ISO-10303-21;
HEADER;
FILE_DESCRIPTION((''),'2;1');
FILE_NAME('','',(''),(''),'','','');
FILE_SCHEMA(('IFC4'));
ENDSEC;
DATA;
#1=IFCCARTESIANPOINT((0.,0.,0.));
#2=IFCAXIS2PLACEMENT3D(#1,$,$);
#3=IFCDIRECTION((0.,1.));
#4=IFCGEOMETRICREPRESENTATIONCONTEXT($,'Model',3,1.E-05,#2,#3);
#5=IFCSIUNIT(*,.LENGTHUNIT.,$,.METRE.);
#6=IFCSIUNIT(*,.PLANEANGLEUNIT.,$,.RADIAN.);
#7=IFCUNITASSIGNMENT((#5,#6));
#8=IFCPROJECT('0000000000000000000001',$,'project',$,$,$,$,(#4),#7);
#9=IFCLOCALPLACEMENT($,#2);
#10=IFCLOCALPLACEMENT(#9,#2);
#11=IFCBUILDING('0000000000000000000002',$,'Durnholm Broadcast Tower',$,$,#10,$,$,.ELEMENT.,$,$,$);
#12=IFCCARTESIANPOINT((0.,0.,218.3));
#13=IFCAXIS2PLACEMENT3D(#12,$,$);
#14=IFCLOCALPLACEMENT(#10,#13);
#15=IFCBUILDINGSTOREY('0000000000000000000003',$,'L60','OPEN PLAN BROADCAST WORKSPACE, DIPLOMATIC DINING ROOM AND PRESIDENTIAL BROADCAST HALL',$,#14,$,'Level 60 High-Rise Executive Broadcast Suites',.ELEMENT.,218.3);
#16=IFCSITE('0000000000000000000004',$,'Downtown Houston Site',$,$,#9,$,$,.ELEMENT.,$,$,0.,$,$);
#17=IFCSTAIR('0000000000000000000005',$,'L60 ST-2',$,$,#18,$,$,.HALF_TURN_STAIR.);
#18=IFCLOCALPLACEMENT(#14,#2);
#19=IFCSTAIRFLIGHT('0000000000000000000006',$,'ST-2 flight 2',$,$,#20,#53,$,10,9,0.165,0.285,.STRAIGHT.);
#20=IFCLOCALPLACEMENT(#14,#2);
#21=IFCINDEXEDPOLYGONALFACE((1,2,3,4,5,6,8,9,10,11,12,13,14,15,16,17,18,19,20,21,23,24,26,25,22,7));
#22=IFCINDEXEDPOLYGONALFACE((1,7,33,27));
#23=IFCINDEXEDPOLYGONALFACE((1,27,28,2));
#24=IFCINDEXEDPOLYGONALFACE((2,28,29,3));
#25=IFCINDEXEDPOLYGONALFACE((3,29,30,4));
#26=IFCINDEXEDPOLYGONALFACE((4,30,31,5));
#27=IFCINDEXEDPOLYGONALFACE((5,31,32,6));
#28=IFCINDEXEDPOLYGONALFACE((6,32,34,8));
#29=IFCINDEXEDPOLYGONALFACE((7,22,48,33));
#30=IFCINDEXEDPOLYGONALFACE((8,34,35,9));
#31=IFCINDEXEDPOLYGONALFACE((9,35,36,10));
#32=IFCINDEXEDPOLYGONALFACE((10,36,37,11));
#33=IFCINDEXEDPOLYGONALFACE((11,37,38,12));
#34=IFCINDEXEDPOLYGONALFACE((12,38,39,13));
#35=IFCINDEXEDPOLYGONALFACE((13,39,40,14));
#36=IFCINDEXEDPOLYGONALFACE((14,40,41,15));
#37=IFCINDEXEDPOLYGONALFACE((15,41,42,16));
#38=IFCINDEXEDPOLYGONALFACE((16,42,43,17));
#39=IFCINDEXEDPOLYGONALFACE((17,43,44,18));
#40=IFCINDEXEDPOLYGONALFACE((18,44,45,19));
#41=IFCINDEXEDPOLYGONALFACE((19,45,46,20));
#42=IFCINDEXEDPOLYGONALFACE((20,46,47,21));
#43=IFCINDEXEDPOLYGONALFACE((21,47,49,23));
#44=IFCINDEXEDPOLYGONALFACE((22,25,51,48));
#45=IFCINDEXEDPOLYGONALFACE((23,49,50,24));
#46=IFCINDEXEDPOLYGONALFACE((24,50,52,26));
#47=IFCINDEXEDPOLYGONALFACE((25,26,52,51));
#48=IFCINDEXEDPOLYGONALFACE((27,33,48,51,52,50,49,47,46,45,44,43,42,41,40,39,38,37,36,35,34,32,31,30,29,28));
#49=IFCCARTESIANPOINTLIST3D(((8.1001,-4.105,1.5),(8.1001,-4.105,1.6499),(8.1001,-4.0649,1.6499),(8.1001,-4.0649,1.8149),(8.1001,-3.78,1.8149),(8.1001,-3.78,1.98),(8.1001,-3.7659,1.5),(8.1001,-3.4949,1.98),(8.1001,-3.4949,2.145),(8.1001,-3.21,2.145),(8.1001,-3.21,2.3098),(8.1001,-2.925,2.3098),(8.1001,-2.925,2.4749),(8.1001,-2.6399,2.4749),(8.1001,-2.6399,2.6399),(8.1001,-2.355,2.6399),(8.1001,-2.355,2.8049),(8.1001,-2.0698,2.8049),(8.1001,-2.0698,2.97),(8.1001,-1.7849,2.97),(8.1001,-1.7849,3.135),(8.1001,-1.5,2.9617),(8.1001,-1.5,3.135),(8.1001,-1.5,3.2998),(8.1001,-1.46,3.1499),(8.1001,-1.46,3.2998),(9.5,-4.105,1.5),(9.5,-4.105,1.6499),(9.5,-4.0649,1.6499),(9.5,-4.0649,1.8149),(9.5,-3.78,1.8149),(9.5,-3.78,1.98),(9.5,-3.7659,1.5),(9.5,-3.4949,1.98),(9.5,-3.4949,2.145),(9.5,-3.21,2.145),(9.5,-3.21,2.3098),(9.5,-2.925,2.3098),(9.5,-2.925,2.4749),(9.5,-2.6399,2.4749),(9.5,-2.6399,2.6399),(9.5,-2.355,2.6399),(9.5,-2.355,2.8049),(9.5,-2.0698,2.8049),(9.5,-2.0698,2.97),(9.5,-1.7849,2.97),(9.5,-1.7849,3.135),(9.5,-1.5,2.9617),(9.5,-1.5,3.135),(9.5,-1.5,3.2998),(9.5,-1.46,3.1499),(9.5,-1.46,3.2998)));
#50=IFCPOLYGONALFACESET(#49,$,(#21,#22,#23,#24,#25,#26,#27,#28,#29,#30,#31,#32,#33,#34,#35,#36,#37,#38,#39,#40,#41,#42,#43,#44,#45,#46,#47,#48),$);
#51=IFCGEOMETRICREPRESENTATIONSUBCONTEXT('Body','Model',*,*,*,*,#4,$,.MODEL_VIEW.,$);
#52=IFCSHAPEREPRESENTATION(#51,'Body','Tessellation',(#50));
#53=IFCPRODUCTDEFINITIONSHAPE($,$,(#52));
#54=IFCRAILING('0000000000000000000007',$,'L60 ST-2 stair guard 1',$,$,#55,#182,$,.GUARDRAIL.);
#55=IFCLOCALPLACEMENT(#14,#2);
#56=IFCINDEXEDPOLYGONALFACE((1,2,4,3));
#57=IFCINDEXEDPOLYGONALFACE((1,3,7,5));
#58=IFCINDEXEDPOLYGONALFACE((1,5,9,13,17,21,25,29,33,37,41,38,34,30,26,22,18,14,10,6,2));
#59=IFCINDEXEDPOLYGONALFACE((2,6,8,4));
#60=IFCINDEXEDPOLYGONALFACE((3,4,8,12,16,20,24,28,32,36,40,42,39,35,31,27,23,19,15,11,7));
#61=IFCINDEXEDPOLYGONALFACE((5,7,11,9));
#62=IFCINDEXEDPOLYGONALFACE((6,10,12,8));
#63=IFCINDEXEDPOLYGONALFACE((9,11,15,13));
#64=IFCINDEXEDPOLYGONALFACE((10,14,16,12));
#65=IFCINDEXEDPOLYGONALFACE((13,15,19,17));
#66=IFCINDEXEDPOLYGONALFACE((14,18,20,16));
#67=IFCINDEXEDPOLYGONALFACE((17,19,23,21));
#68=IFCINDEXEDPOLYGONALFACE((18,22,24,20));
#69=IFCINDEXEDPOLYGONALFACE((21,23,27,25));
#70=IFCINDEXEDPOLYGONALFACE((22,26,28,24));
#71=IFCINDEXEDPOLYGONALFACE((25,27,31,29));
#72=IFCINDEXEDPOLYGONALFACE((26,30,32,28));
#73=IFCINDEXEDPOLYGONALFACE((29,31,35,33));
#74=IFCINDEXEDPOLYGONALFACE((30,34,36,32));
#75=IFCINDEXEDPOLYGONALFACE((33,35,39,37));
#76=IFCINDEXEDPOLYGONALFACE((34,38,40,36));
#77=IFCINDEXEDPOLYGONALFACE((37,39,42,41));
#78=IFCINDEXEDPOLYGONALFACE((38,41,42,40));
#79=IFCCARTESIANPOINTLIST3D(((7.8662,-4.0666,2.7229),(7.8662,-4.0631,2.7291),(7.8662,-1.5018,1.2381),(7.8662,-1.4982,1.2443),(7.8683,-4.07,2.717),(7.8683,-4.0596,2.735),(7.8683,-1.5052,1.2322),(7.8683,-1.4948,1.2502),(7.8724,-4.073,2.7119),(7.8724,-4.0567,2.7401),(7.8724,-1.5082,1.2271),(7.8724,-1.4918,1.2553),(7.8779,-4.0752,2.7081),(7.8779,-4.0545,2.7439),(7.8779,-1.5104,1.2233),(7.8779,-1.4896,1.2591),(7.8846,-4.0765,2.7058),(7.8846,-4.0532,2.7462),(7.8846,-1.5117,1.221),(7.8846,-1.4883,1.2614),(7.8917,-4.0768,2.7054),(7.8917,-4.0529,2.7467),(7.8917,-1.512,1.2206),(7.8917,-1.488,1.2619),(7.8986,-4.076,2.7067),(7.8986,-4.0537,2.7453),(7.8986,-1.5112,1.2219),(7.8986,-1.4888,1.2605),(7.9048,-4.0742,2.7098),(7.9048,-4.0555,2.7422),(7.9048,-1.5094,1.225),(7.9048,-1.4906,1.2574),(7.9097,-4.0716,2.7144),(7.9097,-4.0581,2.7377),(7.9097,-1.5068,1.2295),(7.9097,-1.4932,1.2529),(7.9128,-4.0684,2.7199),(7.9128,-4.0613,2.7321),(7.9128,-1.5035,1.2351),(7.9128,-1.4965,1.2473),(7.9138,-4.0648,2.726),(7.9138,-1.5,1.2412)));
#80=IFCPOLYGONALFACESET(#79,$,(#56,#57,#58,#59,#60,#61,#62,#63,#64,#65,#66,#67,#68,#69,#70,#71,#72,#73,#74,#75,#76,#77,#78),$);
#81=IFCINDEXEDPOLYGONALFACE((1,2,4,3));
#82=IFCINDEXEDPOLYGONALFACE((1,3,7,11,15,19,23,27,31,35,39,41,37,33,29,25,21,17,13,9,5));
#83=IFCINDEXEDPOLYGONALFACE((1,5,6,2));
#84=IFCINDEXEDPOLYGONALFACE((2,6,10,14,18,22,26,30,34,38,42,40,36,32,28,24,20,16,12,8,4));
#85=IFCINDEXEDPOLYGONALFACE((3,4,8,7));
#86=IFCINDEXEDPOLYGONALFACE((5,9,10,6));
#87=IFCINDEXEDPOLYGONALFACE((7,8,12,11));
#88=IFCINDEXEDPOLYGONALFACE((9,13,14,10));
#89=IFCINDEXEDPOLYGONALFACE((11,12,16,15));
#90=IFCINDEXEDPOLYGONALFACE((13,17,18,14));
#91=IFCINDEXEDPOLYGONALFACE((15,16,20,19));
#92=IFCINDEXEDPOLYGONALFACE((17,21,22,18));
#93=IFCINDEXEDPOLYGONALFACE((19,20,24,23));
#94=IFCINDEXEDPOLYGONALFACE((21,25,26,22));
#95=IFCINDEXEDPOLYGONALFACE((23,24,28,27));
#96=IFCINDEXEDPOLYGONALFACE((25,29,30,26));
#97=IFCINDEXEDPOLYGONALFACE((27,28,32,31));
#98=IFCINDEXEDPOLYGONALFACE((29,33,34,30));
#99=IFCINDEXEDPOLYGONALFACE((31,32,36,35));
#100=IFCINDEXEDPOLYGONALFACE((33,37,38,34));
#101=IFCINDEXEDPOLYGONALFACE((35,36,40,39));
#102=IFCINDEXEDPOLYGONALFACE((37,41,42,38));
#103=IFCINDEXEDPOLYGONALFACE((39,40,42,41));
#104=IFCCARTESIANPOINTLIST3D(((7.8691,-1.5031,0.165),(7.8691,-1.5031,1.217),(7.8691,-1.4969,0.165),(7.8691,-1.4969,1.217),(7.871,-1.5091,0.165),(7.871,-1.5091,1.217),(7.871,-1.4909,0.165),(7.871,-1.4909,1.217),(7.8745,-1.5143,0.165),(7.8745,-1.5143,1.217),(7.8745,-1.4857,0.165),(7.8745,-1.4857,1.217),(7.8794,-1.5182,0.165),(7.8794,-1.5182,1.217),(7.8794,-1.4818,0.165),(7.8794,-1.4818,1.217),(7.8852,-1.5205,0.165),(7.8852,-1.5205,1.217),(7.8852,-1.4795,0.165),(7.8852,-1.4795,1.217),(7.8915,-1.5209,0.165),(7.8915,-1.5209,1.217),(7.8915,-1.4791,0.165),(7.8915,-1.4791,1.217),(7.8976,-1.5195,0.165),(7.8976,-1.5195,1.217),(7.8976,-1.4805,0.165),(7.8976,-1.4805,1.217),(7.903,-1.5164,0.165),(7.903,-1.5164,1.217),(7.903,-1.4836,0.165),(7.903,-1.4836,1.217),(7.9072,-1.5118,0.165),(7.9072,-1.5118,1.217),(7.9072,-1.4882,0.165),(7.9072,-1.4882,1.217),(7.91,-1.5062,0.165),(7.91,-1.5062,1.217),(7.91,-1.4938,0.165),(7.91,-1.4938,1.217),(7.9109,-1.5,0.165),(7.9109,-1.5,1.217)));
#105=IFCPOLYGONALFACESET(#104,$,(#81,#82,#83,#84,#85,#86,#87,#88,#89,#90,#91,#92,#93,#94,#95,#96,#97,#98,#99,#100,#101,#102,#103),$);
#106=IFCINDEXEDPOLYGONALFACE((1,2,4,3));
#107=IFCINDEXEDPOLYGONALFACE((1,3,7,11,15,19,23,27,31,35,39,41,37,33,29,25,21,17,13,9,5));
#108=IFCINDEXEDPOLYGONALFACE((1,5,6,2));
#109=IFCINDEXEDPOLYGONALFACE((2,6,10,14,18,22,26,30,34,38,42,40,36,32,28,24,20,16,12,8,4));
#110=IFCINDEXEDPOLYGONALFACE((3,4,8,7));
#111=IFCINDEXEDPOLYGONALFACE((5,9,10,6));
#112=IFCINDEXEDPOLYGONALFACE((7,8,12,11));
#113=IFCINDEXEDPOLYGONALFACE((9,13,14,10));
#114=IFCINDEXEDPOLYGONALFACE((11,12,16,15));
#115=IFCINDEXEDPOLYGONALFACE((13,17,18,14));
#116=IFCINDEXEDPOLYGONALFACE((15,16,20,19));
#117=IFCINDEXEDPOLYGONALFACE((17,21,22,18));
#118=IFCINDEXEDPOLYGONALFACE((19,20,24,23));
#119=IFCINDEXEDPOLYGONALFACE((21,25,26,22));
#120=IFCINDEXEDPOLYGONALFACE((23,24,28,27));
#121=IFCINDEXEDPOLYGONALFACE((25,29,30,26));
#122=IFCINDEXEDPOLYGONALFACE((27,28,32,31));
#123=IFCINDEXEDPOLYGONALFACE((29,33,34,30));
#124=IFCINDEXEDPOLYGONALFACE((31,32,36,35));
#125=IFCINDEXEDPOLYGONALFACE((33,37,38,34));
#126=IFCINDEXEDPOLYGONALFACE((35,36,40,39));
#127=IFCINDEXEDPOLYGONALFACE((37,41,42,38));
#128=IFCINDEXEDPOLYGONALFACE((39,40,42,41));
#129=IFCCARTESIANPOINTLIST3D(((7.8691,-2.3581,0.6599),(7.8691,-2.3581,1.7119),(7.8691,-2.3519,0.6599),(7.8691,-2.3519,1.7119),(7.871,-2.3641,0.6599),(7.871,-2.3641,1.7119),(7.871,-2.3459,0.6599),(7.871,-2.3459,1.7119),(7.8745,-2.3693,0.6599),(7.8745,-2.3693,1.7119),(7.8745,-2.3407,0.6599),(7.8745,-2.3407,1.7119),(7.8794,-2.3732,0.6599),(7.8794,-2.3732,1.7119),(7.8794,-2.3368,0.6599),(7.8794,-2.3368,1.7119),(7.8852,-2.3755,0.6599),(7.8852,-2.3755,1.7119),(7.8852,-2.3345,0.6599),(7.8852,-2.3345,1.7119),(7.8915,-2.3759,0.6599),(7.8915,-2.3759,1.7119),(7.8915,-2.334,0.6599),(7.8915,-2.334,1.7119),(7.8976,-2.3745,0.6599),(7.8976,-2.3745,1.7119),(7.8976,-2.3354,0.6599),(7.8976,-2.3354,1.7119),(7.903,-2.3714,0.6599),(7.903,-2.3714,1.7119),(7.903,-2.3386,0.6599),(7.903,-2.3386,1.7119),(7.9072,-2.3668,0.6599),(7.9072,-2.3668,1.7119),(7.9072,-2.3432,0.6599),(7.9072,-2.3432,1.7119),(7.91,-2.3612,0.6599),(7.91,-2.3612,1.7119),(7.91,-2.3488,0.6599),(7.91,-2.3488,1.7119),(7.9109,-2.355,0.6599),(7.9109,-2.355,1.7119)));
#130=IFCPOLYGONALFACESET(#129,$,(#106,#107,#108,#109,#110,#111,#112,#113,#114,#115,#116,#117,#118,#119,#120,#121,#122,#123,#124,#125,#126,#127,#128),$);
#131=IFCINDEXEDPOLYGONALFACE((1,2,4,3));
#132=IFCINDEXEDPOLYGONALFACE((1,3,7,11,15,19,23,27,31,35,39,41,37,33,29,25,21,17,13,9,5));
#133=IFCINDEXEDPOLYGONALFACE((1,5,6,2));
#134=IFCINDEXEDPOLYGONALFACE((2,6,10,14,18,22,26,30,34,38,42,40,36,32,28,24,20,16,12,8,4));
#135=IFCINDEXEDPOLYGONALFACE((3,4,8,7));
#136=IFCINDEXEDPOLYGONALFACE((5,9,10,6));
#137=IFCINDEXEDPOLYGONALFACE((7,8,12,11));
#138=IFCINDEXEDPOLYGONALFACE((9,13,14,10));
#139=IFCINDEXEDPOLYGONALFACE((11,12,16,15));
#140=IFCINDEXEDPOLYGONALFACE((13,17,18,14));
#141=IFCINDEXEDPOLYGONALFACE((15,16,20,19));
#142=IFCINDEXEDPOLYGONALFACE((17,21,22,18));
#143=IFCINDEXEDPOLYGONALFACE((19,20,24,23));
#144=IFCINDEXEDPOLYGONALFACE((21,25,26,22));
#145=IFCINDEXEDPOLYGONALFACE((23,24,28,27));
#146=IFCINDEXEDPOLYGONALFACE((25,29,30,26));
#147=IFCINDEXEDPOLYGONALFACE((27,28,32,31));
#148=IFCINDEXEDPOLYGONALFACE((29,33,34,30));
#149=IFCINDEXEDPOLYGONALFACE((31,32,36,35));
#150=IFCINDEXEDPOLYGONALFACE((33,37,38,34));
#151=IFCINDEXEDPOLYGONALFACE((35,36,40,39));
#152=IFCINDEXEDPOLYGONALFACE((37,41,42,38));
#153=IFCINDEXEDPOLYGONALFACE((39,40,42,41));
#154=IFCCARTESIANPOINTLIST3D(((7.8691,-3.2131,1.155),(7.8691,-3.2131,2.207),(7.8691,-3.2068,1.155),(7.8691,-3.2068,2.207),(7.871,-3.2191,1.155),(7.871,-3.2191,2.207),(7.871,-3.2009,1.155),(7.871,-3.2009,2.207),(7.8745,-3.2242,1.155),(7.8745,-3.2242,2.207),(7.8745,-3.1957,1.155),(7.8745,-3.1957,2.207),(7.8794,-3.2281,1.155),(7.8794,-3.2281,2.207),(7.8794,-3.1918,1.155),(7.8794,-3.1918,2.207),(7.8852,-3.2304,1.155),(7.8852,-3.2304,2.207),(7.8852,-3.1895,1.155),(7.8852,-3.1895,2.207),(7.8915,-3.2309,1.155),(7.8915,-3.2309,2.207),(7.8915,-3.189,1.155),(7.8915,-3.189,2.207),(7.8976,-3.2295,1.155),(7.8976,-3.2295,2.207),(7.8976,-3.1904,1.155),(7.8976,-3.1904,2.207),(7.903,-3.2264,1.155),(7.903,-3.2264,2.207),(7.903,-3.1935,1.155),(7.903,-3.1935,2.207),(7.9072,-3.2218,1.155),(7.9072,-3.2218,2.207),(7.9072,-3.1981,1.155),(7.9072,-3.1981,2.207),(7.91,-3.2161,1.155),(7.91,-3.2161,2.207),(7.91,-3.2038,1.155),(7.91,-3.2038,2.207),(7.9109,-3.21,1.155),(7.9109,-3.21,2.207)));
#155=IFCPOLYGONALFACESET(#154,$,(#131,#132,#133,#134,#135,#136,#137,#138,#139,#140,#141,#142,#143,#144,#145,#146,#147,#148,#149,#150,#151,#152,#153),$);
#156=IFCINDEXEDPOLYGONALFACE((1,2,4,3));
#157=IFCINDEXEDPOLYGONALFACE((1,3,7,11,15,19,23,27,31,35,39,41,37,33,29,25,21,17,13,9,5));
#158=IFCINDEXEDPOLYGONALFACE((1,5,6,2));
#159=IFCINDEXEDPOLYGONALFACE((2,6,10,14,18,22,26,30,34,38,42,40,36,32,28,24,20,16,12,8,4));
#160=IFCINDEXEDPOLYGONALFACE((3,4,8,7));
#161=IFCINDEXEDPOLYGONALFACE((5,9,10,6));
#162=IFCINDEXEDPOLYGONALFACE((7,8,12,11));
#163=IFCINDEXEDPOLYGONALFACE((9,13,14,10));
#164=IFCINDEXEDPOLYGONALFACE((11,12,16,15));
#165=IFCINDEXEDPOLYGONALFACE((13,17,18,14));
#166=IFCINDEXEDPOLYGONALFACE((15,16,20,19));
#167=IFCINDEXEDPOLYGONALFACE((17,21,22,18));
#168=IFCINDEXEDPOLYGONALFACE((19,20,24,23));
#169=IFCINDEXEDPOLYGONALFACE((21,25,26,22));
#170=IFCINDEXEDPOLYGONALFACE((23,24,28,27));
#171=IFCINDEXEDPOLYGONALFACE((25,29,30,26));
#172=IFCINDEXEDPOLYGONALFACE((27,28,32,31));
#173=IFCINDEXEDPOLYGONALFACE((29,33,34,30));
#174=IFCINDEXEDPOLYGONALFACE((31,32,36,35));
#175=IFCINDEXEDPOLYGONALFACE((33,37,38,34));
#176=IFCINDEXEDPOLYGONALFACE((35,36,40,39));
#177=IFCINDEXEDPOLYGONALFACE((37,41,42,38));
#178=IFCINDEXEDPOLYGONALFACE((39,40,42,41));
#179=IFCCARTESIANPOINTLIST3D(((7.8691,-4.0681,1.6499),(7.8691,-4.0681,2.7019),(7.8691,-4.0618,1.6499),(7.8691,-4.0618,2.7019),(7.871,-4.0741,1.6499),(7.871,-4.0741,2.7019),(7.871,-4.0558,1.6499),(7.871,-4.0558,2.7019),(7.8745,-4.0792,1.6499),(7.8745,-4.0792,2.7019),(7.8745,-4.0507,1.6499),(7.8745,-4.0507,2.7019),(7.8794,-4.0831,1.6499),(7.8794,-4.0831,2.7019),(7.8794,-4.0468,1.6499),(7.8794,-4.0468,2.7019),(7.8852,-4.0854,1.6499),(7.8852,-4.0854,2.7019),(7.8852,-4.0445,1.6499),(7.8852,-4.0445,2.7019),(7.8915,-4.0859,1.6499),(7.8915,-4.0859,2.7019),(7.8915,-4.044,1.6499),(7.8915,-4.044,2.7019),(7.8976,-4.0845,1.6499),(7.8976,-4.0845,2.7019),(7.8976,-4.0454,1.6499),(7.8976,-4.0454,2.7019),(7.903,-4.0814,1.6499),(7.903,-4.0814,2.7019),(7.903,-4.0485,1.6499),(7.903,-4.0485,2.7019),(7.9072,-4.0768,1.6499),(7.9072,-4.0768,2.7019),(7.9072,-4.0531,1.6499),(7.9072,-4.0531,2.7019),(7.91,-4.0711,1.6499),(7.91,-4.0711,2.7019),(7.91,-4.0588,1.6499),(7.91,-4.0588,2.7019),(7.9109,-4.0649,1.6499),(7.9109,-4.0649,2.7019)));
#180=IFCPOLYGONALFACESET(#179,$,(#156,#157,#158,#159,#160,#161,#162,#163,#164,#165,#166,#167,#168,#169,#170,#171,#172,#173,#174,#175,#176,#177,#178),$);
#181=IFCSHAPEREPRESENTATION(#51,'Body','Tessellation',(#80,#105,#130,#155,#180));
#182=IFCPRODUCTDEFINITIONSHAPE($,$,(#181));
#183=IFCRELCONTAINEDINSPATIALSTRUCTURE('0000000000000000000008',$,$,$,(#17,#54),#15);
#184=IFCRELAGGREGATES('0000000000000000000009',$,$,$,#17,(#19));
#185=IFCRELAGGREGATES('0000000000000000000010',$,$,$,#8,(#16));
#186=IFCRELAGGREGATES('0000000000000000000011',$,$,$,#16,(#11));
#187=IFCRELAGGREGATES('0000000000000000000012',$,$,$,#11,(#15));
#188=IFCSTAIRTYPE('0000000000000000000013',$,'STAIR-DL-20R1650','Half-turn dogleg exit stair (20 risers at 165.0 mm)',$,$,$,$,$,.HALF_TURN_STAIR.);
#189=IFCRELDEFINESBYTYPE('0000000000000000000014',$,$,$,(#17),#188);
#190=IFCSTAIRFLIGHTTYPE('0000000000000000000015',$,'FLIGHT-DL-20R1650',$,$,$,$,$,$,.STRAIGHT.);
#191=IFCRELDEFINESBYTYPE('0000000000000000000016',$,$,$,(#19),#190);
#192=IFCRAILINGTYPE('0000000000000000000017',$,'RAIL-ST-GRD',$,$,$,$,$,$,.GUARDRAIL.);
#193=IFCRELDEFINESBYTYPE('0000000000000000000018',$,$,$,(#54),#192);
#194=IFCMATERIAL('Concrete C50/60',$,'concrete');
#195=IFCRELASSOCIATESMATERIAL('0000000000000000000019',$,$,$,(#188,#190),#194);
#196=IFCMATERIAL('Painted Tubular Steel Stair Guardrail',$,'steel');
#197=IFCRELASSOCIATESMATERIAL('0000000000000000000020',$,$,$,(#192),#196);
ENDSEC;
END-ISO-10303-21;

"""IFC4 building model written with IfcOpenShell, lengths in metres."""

from ifc_helpers import new_model, si_unit, direction, frame, origin, origin_2d, place, context, subcontext, project, spatial, polyline, circle, outline, extrude, material, type_object, element, aggregate, save


model = new_model("IFC4")

# Units and contexts
model_context = context("Model", 3, precision=1e-05, world=origin(), true_north=direction((0.0, 1.0)))
body_context = subcontext(model_context, "Body", "Model", "MODEL_VIEW")
ifc_project = project(units=[si_unit("LENGTHUNIT", "METRE"), si_unit("PLANEANGLEUNIT", "RADIAN")], contexts=[model_context])

# Site, building, storey
site_placement = place(None, origin())
site = spatial("IfcSite", under=ifc_project, at=site_placement, Name="Downtown Houston Site", CompositionType="ELEMENT", RefElevation=0.0)
building_placement = place(site_placement, origin())
building = spatial("IfcBuilding", under=site, at=building_placement, Name="Durnholm Broadcast Tower", CompositionType="ELEMENT")
storey_placement = place(building_placement, frame((0.0, 0.0, 218.3)))
storey = spatial("IfcBuildingStorey", under=building, at=storey_placement, Name="L60", Description="OPEN PLAN BROADCAST WORKSPACE, DIPLOMATIC DINING ROOM AND PRESIDENTIAL BROADCAST HALL", LongName="Level 60 High-Rise Executive Broadcast Suites", CompositionType="ELEMENT", Elevation=218.3)

# Shared definitions
ifc_material_1 = material(Name="Concrete C50/60", Category="concrete")

# Stair, stair flight
stair_type = type_object("IfcStairType", Name="STAIR-DL-20R1650", Description="Half-turn dogleg exit stair (20 risers at 165.0 mm)", PredefinedType="HALF_TURN_STAIR", material=ifc_material_1)
stair_placement = place(storey_placement, origin())
stair = element("IfcStair", 1, at=stair_placement, inside=storey, type_object=stair_type, Name="L60 ST-2", PredefinedType="HALF_TURN_STAIR")
stair_flight_type = type_object("IfcStairFlightType", Name="FLIGHT-DL-20R1650", PredefinedType="STRAIGHT", material=ifc_material_1)
stair_flight_1_placement = place(storey_placement, frame((8.8, -4.0649, 1.6499), z_axis=(0.0, 0.0, 1.0), x_axis=(0.0, 1.0, 0.0)))
stair_flight_1 = element("IfcStairFlight", 2, at=stair_flight_1_placement, type_object=stair_flight_type, Name="ST-2 flight 2", NumberOfRisers=10, NumberOfTreads=9, PredefinedType="STRAIGHT", RiserHeight=0.165, TreadLength=0.285, context=body_context, shape_type="SweptSolid", body=[
    extrude(outline(polyline([(-0.04, -0.1499), (-0.04, 0.0), (0.0, 0.0), (0.0, 0.165), (0.2849, 0.165), (0.2849, 0.3301), (0.5701, 0.3301), (0.5701, 0.4951), (0.855, 0.4951), (0.855, 0.6599), (1.1399, 0.6599), (1.1399, 0.825), (1.425, 0.825), (1.425, 0.99), (1.71, 0.99), (1.71, 1.155), (1.9951, 1.155), (1.9951, 1.3201), (2.28, 1.3201), (2.28, 1.4851), (2.5649, 1.4851), (2.5649, 1.6499), (2.605, 1.6499), (2.605, 1.5), (2.5649, 1.3118), (0.2991, -0.1499), (-0.04, -0.1499)])), frame((0.0, 0.7, 0.0), z_axis=(0.0, -1.0, 0.0), x_axis=(1.0, 0.0, 0.0)), (0.0, 0.0, 1.0), 1.3999),
])
aggregate(stair, [stair_flight_1])

# Railing
ifc_material_2 = material(Name="Painted Tubular Steel Stair Guardrail", Category="steel")
railing_type_1 = type_object("IfcRailingType", Name="RAIL-ST-GRD", PredefinedType="GUARDRAIL", material=ifc_material_2)
railing_1_placement = place(storey_placement, frame((7.8899, -1.5, 0.165)))
element("IfcRailing", 3, at=railing_1_placement, inside=storey, type_object=railing_type_1, Name="L60 ST-2 stair guard 1", PredefinedType="GUARDRAIL", context=body_context, shape_type="SweptSolid", body=[
    extrude(circle(Radius=0.0239, at=origin_2d()), frame((0.0, 0.0, 1.0762), z_axis=(0.0, -0.865441, 0.50101), x_axis=(1.0, 0.0, 0.0)), (0.0, 0.0, 1.0), 2.9636),
    extrude(circle(Radius=0.021, at=origin_2d()), origin(), (0.0, 0.0, 1.0), 1.052),
    extrude(circle(Radius=0.021, at=origin_2d()), frame((0.0, -0.855, 0.4949)), (0.0, 0.0, 1.0), 1.052),
    extrude(circle(Radius=0.021, at=origin_2d()), frame((0.0, -1.71, 0.99)), (0.0, 0.0, 1.0), 1.052),
    extrude(circle(Radius=0.021, at=origin_2d()), frame((0.0, -2.5649, 1.4849)), (0.0, 0.0, 1.0), 1.052),
])

save(model, "model.ifc")
